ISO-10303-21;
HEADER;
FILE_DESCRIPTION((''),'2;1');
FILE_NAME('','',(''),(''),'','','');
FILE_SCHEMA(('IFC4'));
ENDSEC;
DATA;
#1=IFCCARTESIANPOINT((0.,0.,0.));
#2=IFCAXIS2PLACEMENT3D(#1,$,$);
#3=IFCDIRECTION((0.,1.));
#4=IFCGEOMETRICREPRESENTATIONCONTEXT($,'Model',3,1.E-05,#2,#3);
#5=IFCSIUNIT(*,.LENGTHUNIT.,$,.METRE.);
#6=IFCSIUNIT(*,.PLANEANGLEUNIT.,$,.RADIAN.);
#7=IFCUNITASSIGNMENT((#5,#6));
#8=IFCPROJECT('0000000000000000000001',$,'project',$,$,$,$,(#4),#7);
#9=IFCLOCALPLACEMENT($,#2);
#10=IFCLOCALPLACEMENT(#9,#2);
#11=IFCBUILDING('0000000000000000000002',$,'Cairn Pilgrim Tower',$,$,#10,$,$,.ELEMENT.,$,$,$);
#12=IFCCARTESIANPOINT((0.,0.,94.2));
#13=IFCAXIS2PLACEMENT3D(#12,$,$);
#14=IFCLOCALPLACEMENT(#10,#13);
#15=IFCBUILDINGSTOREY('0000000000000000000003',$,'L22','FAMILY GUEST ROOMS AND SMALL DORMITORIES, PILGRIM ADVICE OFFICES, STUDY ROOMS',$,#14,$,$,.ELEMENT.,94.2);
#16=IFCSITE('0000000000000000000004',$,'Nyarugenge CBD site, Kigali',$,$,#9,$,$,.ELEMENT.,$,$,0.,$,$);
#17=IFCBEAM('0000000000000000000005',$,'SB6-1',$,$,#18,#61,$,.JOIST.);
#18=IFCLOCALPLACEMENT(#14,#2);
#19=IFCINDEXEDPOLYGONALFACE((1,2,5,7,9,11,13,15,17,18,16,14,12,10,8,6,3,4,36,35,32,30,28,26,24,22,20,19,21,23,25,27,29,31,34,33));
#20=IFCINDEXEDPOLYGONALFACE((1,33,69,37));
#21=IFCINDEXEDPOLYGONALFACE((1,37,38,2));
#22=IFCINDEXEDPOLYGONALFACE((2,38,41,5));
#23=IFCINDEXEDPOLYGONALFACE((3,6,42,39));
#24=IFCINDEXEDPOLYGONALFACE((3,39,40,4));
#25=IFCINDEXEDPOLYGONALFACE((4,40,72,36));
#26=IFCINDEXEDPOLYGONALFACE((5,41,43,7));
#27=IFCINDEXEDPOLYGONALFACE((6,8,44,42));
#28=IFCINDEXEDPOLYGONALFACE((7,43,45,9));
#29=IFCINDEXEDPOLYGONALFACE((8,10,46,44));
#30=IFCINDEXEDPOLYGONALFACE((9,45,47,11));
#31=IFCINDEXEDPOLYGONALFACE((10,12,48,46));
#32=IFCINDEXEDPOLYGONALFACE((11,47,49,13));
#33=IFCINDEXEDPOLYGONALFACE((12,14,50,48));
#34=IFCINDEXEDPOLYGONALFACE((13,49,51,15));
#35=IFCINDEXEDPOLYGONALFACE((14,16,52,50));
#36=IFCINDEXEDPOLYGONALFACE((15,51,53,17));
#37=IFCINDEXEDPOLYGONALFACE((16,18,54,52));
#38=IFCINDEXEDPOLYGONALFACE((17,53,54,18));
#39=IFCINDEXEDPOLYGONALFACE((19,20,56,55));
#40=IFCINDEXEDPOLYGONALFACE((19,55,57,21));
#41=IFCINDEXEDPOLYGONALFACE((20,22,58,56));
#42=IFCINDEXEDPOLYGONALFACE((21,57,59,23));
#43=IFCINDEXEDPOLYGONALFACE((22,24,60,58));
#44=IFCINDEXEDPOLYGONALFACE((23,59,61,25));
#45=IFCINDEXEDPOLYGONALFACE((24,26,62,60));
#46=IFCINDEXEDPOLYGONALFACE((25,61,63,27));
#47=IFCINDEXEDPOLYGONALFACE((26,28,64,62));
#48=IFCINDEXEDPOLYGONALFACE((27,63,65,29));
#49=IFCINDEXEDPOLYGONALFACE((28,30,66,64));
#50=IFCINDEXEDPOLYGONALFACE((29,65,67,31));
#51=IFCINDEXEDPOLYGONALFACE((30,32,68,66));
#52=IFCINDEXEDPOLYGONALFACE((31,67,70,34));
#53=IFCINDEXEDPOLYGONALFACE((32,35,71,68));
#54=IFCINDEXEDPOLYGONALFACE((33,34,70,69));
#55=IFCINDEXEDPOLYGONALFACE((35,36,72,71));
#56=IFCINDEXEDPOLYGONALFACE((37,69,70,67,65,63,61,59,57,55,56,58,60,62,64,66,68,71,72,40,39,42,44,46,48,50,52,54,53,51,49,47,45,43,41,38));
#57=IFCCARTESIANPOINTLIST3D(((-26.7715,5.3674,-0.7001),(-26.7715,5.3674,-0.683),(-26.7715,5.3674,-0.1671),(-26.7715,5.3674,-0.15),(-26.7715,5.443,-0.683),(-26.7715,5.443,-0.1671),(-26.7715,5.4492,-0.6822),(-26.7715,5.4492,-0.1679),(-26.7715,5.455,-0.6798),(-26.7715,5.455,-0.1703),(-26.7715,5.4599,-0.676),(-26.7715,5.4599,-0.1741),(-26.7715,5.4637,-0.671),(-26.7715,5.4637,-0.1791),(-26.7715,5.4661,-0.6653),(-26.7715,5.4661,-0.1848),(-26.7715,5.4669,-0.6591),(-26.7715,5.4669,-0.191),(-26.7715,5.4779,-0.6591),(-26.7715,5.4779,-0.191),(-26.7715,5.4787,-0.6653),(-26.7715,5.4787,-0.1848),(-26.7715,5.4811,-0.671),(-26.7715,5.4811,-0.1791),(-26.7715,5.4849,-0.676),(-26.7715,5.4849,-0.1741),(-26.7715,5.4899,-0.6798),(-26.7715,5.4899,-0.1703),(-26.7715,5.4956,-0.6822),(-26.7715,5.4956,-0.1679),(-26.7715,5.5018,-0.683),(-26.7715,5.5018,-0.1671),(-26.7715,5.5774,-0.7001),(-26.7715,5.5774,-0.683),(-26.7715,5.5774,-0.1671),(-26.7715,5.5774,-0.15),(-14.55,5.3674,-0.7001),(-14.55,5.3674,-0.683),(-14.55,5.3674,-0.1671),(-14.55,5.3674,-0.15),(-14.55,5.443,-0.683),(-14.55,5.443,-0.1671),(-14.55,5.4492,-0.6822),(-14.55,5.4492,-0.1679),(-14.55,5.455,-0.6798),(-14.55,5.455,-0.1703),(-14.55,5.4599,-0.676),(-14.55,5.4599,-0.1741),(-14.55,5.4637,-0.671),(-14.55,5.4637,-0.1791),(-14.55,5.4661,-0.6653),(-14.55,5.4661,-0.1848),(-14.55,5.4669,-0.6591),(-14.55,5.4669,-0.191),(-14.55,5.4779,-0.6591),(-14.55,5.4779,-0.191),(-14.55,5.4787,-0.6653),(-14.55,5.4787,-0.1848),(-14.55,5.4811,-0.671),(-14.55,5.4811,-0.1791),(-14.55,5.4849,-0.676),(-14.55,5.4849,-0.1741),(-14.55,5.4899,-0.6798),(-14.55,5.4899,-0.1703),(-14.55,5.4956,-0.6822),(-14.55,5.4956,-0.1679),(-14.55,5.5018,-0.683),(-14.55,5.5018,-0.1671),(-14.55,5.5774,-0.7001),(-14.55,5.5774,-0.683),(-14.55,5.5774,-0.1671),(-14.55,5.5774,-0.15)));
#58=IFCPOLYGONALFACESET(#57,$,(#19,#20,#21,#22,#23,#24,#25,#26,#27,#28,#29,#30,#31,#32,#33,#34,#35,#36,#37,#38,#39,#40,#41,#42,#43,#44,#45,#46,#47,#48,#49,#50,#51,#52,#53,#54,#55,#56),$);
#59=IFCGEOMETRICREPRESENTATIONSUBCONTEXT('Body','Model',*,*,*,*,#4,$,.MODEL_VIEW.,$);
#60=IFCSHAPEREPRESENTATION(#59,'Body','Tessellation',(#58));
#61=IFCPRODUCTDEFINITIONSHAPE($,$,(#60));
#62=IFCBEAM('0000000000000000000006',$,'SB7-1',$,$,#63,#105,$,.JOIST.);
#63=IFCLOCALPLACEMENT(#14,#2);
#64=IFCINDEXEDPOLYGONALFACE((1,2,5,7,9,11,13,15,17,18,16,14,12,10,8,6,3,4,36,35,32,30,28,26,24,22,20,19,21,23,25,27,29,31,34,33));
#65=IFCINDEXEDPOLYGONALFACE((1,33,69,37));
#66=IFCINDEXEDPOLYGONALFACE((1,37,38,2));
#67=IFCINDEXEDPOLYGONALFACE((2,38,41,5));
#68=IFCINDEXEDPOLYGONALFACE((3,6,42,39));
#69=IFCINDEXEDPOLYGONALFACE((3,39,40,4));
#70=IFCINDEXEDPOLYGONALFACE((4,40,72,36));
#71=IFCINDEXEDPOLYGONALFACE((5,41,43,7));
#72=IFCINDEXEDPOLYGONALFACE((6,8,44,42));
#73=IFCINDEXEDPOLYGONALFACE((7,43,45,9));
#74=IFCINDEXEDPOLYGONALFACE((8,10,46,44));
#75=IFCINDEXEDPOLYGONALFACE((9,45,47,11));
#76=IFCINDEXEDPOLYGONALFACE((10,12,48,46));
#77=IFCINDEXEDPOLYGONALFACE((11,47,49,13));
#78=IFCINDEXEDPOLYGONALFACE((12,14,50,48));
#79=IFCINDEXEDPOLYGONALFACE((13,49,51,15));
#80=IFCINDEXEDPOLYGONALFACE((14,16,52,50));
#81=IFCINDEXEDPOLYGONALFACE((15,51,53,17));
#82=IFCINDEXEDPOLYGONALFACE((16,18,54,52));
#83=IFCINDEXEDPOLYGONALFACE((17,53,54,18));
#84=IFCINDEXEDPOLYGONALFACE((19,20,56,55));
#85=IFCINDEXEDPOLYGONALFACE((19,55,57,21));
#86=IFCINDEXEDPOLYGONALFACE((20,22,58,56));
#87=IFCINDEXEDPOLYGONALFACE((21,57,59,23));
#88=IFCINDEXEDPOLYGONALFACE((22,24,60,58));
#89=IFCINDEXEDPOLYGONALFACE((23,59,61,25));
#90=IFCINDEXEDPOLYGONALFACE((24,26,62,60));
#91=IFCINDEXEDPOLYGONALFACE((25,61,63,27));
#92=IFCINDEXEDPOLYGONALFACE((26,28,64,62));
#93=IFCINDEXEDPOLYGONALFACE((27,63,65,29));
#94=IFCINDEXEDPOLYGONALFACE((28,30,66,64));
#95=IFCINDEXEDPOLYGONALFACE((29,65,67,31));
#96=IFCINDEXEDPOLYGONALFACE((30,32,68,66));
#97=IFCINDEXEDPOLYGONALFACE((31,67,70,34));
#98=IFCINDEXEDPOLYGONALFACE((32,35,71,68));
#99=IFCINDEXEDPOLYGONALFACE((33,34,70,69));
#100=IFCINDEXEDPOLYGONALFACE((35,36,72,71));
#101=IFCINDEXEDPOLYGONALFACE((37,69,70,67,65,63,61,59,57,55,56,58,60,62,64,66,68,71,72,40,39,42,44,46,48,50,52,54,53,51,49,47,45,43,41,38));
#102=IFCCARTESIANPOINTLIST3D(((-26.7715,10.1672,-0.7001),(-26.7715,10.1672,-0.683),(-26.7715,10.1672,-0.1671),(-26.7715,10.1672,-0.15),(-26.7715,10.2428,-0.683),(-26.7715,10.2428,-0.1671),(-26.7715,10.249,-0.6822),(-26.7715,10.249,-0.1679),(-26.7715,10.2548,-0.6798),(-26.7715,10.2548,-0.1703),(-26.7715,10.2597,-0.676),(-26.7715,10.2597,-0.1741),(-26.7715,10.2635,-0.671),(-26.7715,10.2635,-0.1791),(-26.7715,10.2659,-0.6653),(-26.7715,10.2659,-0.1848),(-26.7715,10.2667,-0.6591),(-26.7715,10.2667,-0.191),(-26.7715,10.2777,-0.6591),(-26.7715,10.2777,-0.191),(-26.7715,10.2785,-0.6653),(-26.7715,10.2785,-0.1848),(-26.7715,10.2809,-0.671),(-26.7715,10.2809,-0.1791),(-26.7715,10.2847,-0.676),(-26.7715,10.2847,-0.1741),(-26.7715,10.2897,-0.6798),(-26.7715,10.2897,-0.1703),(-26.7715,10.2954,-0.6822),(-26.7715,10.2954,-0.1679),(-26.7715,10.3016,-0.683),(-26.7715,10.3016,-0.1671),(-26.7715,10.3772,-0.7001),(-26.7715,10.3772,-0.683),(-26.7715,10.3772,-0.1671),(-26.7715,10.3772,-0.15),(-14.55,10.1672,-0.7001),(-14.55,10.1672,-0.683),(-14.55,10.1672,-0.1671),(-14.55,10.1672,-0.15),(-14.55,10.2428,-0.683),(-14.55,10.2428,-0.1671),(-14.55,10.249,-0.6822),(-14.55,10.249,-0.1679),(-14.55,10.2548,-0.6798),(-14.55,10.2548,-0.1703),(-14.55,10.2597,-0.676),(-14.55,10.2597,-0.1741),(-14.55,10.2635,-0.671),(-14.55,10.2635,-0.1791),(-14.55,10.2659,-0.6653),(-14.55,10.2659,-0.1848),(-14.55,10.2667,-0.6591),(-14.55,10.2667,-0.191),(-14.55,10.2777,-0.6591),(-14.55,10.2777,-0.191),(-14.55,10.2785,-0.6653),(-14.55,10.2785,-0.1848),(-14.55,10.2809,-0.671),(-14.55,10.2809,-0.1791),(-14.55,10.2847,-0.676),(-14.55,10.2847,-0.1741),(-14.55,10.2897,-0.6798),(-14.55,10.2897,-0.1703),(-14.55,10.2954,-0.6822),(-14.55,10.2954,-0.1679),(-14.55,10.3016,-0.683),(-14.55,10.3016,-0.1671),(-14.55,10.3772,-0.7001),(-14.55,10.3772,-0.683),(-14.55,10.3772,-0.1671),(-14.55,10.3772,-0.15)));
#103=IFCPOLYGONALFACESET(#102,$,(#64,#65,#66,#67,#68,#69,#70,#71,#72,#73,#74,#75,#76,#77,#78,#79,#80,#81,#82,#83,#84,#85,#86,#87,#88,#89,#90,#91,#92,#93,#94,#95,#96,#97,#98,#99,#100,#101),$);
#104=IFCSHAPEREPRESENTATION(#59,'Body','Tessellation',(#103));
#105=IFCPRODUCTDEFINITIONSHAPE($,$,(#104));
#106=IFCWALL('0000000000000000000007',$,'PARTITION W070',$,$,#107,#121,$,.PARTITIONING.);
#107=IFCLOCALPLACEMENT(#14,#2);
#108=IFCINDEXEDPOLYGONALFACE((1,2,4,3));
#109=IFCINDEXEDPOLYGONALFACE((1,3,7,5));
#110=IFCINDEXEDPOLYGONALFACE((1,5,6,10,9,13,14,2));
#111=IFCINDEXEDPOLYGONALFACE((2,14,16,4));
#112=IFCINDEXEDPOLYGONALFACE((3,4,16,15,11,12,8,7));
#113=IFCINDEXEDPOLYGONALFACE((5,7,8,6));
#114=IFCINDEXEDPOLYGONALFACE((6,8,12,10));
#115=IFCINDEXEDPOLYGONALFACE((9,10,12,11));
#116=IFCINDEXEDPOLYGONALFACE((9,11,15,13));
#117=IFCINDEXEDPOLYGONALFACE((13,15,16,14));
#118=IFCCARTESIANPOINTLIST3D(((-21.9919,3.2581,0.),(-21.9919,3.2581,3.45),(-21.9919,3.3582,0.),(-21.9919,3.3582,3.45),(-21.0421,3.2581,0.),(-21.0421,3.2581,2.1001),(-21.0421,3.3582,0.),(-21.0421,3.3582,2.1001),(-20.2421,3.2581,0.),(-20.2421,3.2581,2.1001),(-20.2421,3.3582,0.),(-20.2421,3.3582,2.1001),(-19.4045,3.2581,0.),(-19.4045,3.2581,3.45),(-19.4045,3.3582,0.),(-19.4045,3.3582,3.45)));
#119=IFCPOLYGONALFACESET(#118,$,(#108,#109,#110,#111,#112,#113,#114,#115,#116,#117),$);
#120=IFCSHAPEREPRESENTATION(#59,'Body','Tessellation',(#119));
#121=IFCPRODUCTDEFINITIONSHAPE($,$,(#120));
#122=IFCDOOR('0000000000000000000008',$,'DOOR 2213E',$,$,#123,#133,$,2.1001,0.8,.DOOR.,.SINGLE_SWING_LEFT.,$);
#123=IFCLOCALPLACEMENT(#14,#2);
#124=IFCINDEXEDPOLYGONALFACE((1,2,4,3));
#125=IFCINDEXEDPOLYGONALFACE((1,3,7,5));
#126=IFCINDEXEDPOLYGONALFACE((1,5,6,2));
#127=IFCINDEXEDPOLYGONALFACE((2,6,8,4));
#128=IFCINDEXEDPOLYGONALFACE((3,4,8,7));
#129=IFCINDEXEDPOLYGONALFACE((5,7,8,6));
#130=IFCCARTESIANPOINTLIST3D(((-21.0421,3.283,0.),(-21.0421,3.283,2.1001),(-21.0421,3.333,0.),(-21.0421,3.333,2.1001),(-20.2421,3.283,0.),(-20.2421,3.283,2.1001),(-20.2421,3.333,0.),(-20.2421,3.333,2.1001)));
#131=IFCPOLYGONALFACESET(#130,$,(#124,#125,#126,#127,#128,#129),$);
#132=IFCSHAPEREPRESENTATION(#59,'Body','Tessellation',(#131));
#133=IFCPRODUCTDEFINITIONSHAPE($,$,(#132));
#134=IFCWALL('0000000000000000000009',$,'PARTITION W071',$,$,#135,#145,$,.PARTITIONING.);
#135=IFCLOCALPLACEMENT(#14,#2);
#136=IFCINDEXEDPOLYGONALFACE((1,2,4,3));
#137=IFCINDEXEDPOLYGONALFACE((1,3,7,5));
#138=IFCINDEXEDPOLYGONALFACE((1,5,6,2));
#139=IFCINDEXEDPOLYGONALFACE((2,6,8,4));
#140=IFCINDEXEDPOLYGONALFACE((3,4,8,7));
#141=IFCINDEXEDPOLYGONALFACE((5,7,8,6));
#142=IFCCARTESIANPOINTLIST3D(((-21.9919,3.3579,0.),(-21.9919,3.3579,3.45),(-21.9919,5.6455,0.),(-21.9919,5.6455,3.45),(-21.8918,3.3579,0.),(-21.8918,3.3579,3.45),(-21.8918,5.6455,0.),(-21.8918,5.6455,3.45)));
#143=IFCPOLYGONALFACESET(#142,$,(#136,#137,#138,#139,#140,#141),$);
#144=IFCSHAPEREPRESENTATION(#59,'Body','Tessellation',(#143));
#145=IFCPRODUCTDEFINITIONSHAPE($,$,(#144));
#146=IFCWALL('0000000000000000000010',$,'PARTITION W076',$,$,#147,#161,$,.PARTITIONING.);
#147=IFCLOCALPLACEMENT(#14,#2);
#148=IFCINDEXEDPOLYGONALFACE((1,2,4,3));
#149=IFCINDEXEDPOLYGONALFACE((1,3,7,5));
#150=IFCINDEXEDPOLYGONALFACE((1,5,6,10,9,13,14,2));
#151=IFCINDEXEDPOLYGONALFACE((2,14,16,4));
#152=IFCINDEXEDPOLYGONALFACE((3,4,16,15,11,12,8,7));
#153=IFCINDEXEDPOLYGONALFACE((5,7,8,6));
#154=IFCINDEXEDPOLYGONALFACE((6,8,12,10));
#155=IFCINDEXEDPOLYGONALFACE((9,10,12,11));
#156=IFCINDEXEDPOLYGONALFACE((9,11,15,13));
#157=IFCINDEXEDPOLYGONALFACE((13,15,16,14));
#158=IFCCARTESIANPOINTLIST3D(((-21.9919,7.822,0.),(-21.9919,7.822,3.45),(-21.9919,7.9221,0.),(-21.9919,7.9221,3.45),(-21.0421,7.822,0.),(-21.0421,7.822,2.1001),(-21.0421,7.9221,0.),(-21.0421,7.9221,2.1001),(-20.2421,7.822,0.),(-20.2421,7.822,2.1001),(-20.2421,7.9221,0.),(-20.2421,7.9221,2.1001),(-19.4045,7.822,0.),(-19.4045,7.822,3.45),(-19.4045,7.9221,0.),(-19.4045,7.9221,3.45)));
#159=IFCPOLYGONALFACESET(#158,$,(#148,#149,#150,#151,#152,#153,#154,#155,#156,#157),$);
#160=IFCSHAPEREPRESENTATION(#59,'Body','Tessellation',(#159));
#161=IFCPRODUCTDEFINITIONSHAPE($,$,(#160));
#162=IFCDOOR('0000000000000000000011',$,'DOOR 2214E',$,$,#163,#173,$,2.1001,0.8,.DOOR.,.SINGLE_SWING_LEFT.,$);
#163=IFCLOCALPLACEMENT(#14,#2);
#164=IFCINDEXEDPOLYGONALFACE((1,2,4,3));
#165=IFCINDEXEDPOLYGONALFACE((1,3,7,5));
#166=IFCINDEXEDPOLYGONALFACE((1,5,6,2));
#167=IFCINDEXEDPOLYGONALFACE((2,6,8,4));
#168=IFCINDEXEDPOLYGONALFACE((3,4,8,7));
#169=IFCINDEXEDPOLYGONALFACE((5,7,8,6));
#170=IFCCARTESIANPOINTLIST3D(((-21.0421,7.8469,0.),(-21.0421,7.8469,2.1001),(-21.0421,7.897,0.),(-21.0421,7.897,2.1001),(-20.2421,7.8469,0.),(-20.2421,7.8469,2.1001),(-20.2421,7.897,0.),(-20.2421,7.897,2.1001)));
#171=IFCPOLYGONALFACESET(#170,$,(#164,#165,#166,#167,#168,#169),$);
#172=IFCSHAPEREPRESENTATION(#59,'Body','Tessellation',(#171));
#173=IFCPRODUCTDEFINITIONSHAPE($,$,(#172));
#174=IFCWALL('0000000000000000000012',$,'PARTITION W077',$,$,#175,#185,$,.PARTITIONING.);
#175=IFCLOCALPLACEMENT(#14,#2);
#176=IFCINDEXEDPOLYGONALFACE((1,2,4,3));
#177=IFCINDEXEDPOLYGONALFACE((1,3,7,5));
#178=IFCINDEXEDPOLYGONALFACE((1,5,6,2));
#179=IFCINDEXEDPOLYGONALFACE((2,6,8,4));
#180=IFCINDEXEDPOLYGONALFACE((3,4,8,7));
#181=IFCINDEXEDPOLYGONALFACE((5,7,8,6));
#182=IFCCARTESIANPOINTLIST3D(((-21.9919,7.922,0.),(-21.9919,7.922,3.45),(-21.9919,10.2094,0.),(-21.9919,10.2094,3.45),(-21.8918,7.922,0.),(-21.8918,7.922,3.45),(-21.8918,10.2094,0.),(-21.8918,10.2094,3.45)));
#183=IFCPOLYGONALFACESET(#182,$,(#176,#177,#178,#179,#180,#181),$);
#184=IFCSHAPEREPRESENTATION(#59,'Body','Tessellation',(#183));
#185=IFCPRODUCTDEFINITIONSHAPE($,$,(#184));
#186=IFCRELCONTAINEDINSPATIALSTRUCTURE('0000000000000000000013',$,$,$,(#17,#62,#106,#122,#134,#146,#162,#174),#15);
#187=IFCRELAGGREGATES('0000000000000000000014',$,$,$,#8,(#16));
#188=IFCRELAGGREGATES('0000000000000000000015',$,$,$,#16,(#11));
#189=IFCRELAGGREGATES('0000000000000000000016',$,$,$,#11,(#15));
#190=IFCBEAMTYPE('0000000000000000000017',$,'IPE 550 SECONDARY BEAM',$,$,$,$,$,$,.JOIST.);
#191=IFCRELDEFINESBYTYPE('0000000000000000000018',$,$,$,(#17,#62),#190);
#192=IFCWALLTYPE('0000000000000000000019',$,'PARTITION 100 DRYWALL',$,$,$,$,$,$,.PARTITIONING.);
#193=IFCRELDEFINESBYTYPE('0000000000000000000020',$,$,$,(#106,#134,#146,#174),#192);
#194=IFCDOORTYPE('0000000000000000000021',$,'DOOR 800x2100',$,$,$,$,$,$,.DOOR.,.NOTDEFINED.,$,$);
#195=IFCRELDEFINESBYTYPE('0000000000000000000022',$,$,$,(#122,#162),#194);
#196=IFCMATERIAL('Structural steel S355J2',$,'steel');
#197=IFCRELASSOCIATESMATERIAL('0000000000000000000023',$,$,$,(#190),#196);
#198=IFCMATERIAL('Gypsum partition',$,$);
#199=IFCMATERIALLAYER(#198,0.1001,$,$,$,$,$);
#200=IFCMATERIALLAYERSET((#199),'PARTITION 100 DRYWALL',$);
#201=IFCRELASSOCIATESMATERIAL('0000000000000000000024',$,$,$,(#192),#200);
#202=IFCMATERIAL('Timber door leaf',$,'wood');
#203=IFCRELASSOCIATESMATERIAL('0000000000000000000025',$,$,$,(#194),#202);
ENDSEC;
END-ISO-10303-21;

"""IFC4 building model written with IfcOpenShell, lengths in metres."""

from ifc_helpers import new_model, si_unit, direction, frame, frame_2d, origin, origin_2d, place, context, subcontext, project, spatial, rectangle, i_section, extrude, material, layer, layer_set, material_profile, profile_set, type_object, element, fill, save


model = new_model("IFC4")

# Units and contexts
model_context = context("Model", 3, precision=1e-05, world=origin(), true_north=direction((0.0, 1.0)))
body_context = subcontext(model_context, "Body", "Model", "MODEL_VIEW")
ifc_project = project(units=[si_unit("LENGTHUNIT", "METRE"), si_unit("PLANEANGLEUNIT", "RADIAN")], contexts=[model_context])

# Site, building, storey
site_placement = place(None, origin())
site = spatial("IfcSite", under=ifc_project, at=site_placement, Name="Nyarugenge CBD site, Kigali", CompositionType="ELEMENT", RefElevation=0.0)
building_placement = place(site_placement, origin())
building = spatial("IfcBuilding", under=site, at=building_placement, Name="Cairn Pilgrim Tower", CompositionType="ELEMENT")
storey_placement = place(building_placement, frame((0.0, 0.0, 94.2)))
storey = spatial("IfcBuildingStorey", under=building, at=storey_placement, Name="L22", Description="FAMILY GUEST ROOMS AND SMALL DORMITORIES, PILGRIM ADVICE OFFICES, STUDY ROOMS", CompositionType="ELEMENT", Elevation=94.2)

# Beams
ifc_material_1 = material(Name="Structural steel S355J2", Category="steel")
ifc_material_profile = material_profile(ifc_material_1, i_section(OverallWidth=0.21, OverallDepth=0.55, WebThickness=0.011, FlangeThickness=0.0171, FilletRadius=0.0239, at=origin_2d()), Name="IPE 550")
ifc_profile_set = profile_set([ifc_material_profile], Name="Structural steel S355J2")
beam_type = type_object("IfcBeamType", Name="IPE 550 SECONDARY BEAM", PredefinedType="JOIST", material=ifc_profile_set)
for number, where, z_axis, x_axis, name in (
    (1, (-26.7715, 5.4724, -0.425), (1.0, 0.0, 0.0), (0.0, 1.0, 0.0), "SB6-1"),
    (2, (-26.7715, 10.2722, -0.425), (1.0, 0.0, 0.0), (0.0, 1.0, 0.0), "SB7-1"),
):
    element("IfcBeam", number, at=place(storey_placement, frame(where, z_axis=z_axis, x_axis=x_axis)), inside=storey, type_object=beam_type, Name=name, PredefinedType="JOIST", context=body_context, shape_type="SweptSolid", body=[
        extrude(i_section(OverallWidth=0.21, OverallDepth=0.55, WebThickness=0.011, FlangeThickness=0.0171, FilletRadius=0.0239, at=origin_2d()), origin(), (0.0, 0.0, 1.0), 12.2214),
    ])

# Wall, opening, door
ifc_material_2 = material(Name="Gypsum partition")
ifc_layer_1 = layer(ifc_material_2, 0.1001)
ifc_layer_set_1 = layer_set([ifc_layer_1], Name="PARTITION 100 DRYWALL")
wall_type_1 = type_object("IfcWallType", Name="PARTITION 100 DRYWALL", PredefinedType="PARTITIONING", material=ifc_layer_set_1)
wall_1_placement = place(storey_placement, frame((-21.9919, 3.3081, 0.0), z_axis=(0.0, 0.0, 1.0), x_axis=(1.0, 0.0, 0.0)))
wall_1 = element("IfcWall", 3, at=wall_1_placement, inside=storey, type_object=wall_type_1, Name="PARTITION W070", PredefinedType="PARTITIONING", context=body_context, shape_type="SweptSolid", body=[
    extrude(rectangle(XDim=2.5874, YDim=0.1001, at=frame_2d((1.2937, 0.0))), origin(), (0.0, 0.0, 1.0), 3.45),
])
opening_1_placement = place(wall_1_placement, frame((0.95, 0.0, 0.0)))
opening_1 = element("IfcOpeningElement", 4, at=opening_1_placement, cuts=wall_1, PredefinedType="OPENING", context=body_context, shape_type="SweptSolid", body=[
    extrude(rectangle(XDim=0.8, YDim=2.1001, at=frame_2d((0.3999, 1.05))), frame((0.0, 0.0601, 0.0), z_axis=(0.0, -1.0, 0.0), x_axis=(1.0, 0.0, 0.0)), (0.0, 0.0, 1.0), 0.1201),
])
ifc_material_3 = material(Name="Timber door leaf", Category="wood")
door_type_1 = type_object("IfcDoorType", Name="DOOR 800x2100", OperationType="NOTDEFINED", PredefinedType="DOOR", material=ifc_material_3)
door_1_placement = place(opening_1_placement, origin())
door_1 = element("IfcDoor", 5, at=door_1_placement, inside=storey, type_object=door_type_1, Name="DOOR 2213E", OperationType="SINGLE_SWING_LEFT", OverallHeight=2.1001, OverallWidth=0.8, PredefinedType="DOOR", context=body_context, shape_type="SweptSolid", body=[
    extrude(rectangle(XDim=0.8, YDim=2.1001, at=frame_2d((0.3999, 1.05))), frame((0.0, 0.0249, 0.0), z_axis=(0.0, -1.0, 0.0), x_axis=(1.0, 0.0, 0.0)), (0.0, 0.0, 1.0), 0.05),
])
fill(opening_1, door_1)

# Wall
wall_2_placement = place(storey_placement, frame((-21.9419, 3.3579, 0.0), z_axis=(0.0, 0.0, 1.0), x_axis=(0.0, 1.0, 0.0)))
element("IfcWall", 6, at=wall_2_placement, inside=storey, type_object=wall_type_1, Name="PARTITION W071", PredefinedType="PARTITIONING", context=body_context, shape_type="SweptSolid", body=[
    extrude(rectangle(XDim=2.2876, YDim=0.1001, at=frame_2d((1.1438, 0.0))), origin(), (0.0, 0.0, 1.0), 3.45),
])

# Wall, opening, door
wall_3_placement = place(storey_placement, frame((-21.9919, 7.8721, 0.0), z_axis=(0.0, 0.0, 1.0), x_axis=(1.0, 0.0, 0.0)))
wall_3 = element("IfcWall", 7, at=wall_3_placement, inside=storey, type_object=wall_type_1, Name="PARTITION W076", PredefinedType="PARTITIONING", context=body_context, shape_type="SweptSolid", body=[
    extrude(rectangle(XDim=2.5874, YDim=0.1001, at=frame_2d((1.2937, 0.0))), origin(), (0.0, 0.0, 1.0), 3.45),
])
opening_2_placement = place(wall_3_placement, frame((0.95, 0.0, 0.0)))
opening_2 = element("IfcOpeningElement", 8, at=opening_2_placement, cuts=wall_3, PredefinedType="OPENING", context=body_context, shape_type="SweptSolid", body=[
    extrude(rectangle(XDim=0.8, YDim=2.1001, at=frame_2d((0.3999, 1.05))), frame((0.0, 0.0601, 0.0), z_axis=(0.0, -1.0, 0.0), x_axis=(1.0, 0.0, 0.0)), (0.0, 0.0, 1.0), 0.1201),
])
door_2_placement = place(opening_2_placement, origin())
door_2 = element("IfcDoor", 9, at=door_2_placement, inside=storey, type_object=door_type_1, Name="DOOR 2214E", OperationType="SINGLE_SWING_LEFT", OverallHeight=2.1001, OverallWidth=0.8, PredefinedType="DOOR", context=body_context, shape_type="SweptSolid", body=[
    extrude(rectangle(XDim=0.8, YDim=2.1001, at=frame_2d((0.3999, 1.05))), frame((0.0, 0.0249, 0.0), z_axis=(0.0, -1.0, 0.0), x_axis=(1.0, 0.0, 0.0)), (0.0, 0.0, 1.0), 0.05),
])
fill(opening_2, door_2)

# Wall
wall_4_placement = place(storey_placement, frame((-21.9419, 7.9221, 0.0), z_axis=(0.0, 0.0, 1.0), x_axis=(0.0, 1.0, 0.0)))
element("IfcWall", 10, at=wall_4_placement, inside=storey, type_object=wall_type_1, Name="PARTITION W077", PredefinedType="PARTITIONING", context=body_context, shape_type="SweptSolid", body=[
    extrude(rectangle(XDim=2.2874, YDim=0.1001, at=frame_2d((1.1436, 0.0))), origin(), (0.0, 0.0, 1.0), 3.45),
])

save(model, "model.ifc")
